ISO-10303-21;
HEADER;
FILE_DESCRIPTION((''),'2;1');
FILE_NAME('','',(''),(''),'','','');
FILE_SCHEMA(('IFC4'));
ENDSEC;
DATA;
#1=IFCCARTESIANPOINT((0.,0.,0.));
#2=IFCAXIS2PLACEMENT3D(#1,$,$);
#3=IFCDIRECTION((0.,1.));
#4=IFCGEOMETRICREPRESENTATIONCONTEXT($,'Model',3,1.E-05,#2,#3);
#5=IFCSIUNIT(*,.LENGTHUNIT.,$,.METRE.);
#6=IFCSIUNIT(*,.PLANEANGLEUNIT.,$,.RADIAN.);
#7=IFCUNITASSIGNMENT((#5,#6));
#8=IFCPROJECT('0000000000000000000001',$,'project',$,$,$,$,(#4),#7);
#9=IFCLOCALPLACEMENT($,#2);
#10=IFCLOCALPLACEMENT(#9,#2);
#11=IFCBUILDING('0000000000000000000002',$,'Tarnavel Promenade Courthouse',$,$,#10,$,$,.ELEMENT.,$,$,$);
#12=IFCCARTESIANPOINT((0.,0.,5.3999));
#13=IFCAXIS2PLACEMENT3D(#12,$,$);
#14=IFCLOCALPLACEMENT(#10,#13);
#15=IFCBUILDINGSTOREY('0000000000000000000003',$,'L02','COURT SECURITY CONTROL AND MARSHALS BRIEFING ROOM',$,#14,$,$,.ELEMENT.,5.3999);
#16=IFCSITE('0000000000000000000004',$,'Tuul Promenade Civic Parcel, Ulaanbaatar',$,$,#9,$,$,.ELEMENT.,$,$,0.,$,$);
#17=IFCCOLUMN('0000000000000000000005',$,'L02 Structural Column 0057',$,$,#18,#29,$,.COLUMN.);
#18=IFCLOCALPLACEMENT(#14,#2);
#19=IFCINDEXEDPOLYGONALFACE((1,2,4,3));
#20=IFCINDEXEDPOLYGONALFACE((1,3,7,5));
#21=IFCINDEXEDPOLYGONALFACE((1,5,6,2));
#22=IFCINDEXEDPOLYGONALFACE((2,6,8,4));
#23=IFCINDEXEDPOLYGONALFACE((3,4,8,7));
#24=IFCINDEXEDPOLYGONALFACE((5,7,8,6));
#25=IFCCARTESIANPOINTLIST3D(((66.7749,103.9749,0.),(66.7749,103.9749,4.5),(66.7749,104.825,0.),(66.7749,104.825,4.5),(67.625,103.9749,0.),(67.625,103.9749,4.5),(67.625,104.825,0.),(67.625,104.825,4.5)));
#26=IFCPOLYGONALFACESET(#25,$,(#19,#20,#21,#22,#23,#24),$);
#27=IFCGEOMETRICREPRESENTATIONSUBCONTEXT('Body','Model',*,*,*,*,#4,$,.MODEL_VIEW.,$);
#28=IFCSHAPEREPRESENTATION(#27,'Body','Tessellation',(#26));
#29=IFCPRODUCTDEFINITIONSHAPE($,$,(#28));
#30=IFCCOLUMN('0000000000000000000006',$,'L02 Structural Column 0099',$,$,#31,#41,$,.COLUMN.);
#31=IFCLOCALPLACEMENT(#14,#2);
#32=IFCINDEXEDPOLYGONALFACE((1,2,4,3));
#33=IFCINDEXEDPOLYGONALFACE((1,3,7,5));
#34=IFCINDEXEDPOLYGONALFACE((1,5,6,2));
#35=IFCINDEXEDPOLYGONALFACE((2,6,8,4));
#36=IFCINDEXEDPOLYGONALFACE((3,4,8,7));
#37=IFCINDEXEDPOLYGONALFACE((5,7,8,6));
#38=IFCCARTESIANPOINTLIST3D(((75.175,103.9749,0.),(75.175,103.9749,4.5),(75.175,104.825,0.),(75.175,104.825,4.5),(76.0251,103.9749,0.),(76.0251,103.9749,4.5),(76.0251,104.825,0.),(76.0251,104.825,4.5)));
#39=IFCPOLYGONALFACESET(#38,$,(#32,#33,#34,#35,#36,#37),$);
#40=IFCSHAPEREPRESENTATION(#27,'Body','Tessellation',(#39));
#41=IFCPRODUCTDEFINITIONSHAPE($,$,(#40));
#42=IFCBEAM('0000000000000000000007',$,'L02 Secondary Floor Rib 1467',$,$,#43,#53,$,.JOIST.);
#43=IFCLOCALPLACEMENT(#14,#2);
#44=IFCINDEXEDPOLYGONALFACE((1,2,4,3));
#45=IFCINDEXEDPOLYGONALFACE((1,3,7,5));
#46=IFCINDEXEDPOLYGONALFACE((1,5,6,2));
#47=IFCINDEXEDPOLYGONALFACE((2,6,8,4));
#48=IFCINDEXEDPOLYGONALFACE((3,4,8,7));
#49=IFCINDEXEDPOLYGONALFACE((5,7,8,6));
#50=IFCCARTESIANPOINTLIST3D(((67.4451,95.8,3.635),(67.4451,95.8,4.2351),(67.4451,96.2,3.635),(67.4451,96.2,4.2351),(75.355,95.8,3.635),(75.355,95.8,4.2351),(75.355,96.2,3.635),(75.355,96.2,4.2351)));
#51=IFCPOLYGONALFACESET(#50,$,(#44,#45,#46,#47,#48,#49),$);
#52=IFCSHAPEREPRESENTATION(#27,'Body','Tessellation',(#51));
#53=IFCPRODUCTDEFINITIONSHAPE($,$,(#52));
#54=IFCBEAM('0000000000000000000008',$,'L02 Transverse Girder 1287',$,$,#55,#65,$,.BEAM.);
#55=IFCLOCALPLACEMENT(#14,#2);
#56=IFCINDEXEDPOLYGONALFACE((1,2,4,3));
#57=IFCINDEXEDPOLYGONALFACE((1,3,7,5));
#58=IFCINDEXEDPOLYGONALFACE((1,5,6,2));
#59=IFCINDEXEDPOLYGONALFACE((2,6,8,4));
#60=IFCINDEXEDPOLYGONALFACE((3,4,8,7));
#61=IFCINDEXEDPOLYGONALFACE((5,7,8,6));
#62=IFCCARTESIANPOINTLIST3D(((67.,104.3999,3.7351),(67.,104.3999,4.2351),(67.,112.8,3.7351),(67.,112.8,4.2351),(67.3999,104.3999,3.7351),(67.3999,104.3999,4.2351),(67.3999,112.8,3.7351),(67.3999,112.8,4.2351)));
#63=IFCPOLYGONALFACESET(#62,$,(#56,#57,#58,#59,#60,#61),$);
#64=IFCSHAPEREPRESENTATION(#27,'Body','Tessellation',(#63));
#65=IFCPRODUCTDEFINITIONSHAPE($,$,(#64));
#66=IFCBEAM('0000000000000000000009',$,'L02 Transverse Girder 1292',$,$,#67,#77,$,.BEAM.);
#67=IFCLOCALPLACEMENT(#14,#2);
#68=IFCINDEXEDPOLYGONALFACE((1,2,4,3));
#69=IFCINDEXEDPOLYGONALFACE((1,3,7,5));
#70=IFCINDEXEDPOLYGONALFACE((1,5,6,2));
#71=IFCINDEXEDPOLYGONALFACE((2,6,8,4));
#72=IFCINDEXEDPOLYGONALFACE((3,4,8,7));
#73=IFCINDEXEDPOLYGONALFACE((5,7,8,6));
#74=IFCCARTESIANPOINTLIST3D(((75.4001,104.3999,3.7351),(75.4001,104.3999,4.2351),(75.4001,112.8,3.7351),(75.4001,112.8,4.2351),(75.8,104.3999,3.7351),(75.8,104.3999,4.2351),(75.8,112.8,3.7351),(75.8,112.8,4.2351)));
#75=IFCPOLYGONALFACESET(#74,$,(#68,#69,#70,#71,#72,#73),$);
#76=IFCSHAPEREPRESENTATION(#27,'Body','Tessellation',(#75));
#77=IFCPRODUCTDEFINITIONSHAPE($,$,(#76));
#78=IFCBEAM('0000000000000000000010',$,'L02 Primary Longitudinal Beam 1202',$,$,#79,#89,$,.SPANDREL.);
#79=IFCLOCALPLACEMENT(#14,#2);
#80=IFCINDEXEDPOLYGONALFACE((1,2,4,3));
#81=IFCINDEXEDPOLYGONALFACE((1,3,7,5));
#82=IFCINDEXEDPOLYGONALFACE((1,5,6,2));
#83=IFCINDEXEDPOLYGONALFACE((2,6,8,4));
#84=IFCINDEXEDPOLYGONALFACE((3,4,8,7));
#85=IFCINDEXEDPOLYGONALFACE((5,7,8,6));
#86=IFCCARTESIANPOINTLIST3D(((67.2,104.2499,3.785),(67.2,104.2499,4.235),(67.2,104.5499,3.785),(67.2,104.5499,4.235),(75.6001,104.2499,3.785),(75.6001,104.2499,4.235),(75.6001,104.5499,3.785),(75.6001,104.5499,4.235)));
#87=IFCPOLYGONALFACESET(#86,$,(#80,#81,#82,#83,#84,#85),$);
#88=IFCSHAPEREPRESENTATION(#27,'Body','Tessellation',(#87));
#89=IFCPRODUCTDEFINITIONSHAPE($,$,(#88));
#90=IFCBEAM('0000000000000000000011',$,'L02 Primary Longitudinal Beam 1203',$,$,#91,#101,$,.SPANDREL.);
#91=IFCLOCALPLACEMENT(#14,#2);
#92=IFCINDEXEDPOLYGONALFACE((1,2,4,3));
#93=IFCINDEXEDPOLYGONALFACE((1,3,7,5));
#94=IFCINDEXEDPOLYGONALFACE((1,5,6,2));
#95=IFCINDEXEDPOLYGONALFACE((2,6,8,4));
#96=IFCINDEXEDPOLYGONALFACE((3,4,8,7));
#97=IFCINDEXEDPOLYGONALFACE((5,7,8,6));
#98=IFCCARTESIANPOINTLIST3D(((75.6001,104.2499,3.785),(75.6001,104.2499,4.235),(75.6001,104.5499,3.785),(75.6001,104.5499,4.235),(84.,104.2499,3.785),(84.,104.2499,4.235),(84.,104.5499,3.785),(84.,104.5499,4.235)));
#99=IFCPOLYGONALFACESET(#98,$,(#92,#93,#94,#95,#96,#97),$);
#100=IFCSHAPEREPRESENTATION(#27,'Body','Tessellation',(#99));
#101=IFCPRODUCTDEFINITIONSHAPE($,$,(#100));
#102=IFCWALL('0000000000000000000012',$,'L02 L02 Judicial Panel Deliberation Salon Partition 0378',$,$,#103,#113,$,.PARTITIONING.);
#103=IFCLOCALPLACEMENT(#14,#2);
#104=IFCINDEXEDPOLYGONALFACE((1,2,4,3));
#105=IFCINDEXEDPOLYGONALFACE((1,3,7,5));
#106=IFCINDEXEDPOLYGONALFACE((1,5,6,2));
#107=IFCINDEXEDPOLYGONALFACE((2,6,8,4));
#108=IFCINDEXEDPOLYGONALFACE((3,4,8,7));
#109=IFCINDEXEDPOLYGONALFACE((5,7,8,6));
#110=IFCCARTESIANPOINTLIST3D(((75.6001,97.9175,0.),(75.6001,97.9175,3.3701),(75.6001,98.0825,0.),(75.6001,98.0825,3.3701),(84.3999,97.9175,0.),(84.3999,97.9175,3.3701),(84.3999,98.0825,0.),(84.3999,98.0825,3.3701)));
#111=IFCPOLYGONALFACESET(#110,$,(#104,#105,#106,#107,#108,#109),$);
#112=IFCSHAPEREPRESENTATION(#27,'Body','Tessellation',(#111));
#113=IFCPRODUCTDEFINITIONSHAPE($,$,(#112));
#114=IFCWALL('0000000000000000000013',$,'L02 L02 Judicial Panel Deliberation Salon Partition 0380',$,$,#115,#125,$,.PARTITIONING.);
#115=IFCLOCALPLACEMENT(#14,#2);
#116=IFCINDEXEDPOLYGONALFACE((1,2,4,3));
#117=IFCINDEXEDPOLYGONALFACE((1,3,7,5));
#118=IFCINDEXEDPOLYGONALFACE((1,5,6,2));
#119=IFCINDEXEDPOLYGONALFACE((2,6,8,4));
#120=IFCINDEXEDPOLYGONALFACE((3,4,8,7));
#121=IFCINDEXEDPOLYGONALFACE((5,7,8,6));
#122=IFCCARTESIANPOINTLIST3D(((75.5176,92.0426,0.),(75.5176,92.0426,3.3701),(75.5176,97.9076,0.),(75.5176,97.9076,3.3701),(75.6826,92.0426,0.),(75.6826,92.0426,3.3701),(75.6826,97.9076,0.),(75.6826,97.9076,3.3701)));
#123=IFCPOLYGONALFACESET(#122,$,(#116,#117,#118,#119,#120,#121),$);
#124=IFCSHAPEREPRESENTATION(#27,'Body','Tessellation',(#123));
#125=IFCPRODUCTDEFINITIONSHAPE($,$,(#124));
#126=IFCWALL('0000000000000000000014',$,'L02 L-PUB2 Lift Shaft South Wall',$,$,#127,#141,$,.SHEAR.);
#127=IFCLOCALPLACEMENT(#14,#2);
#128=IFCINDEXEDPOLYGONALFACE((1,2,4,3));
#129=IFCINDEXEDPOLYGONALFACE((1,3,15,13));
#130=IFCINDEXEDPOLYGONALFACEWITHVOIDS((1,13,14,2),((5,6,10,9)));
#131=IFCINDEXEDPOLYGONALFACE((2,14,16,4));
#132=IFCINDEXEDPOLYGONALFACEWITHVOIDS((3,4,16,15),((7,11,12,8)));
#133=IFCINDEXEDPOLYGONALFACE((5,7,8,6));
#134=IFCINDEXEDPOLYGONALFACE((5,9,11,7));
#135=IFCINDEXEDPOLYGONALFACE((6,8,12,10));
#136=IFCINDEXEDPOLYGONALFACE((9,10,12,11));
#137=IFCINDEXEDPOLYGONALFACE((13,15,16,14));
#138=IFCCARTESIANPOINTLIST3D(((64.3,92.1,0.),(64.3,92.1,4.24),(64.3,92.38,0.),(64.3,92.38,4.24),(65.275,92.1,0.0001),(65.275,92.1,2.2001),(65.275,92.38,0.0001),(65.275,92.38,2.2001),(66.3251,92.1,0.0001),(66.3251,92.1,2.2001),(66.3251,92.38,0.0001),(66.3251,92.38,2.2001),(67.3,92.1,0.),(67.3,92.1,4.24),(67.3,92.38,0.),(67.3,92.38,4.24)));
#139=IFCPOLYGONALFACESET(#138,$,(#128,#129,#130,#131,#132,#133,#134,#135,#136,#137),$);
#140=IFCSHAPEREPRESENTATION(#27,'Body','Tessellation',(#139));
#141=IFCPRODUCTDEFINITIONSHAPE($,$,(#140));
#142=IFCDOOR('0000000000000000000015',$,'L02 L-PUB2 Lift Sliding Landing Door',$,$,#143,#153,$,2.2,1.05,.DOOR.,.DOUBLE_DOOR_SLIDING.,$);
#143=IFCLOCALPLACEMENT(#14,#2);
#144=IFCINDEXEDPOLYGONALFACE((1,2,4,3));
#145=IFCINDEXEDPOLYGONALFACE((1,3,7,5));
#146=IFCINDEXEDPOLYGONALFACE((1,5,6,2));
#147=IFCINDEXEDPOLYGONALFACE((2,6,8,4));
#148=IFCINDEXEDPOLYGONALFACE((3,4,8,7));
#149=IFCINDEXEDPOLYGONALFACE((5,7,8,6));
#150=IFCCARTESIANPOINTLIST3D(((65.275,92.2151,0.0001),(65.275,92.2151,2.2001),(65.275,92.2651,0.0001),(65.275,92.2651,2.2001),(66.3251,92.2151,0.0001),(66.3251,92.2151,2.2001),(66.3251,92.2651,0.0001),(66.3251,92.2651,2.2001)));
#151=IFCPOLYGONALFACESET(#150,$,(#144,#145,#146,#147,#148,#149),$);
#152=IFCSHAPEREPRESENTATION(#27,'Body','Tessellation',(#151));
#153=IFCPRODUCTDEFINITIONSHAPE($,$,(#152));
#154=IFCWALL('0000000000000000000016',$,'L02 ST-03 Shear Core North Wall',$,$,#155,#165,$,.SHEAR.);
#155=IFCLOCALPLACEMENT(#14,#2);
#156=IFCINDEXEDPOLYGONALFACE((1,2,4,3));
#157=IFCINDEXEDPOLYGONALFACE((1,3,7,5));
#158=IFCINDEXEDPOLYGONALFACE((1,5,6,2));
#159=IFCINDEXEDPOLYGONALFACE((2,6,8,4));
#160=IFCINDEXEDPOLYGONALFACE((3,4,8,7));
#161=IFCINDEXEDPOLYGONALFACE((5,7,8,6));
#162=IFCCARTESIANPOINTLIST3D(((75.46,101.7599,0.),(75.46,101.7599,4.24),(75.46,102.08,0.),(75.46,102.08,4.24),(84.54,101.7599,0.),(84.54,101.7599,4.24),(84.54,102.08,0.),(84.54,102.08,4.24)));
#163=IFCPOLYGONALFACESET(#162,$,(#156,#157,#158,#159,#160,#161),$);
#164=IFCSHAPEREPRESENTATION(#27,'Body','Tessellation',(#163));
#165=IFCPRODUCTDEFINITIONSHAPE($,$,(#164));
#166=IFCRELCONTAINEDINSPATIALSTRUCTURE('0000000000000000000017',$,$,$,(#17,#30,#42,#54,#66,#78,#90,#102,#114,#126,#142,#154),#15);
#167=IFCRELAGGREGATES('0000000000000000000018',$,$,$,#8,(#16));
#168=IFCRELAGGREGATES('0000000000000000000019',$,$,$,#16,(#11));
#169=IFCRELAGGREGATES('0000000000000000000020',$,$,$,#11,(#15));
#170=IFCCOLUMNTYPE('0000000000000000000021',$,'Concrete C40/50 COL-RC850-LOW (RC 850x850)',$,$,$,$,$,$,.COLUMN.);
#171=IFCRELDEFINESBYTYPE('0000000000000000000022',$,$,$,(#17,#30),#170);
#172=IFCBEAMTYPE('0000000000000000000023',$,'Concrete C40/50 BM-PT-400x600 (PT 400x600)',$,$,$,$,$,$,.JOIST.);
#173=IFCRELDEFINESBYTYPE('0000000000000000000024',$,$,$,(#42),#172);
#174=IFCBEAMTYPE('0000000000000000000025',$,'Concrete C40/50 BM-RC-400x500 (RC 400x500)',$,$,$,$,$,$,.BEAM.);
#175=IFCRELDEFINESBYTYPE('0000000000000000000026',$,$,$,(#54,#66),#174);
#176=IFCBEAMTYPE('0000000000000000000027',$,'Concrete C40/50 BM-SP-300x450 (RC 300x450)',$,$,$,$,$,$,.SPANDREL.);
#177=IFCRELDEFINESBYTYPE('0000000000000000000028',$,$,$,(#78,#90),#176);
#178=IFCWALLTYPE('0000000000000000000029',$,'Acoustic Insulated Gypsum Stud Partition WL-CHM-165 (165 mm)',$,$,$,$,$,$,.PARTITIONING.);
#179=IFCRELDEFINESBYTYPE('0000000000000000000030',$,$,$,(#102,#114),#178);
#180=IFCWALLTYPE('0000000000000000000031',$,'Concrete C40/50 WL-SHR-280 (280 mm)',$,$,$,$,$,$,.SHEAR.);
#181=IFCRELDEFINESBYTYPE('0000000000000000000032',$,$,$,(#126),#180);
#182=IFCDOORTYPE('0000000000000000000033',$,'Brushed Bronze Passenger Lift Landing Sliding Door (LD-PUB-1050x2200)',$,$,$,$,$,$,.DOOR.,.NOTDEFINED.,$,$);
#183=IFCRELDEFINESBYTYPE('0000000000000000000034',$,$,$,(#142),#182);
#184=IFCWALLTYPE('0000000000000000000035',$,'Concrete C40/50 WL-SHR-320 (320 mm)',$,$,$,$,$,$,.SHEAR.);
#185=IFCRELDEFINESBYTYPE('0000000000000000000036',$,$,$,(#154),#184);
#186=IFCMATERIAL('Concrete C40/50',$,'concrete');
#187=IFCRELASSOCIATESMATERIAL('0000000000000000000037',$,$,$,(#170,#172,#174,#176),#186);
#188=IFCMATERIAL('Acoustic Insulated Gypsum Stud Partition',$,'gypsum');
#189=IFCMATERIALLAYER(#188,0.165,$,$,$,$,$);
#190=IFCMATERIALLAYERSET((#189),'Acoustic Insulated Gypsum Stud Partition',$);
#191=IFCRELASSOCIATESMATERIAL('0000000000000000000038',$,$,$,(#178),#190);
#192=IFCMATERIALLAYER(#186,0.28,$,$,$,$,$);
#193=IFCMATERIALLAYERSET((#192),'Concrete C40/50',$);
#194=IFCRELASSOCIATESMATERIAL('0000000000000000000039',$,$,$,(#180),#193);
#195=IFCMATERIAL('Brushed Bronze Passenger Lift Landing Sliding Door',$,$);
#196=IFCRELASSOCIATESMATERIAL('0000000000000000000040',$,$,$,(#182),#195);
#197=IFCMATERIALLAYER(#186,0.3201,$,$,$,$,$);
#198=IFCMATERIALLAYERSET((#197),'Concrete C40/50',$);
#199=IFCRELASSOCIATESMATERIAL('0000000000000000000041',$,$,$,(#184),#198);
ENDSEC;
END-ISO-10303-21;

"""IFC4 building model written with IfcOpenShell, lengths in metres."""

from ifc_helpers import new_model, si_unit, direction, frame, frame_2d, origin, origin_2d, place, context, subcontext, project, spatial, rectangle, extrude, material, layer, layer_set, material_profile, profile_set, type_object, element, fill, save


model = new_model("IFC4")

# Units and contexts
model_context = context("Model", 3, precision=1e-05, world=origin(), true_north=direction((0.0, 1.0)))
body_context = subcontext(model_context, "Body", "Model", "MODEL_VIEW")
ifc_project = project(units=[si_unit("LENGTHUNIT", "METRE"), si_unit("PLANEANGLEUNIT", "RADIAN")], contexts=[model_context])

# Site, building, storey
site_placement = place(None, origin())
site = spatial("IfcSite", under=ifc_project, at=site_placement, Name="Tuul Promenade Civic Parcel, Ulaanbaatar", CompositionType="ELEMENT", RefElevation=0.0)
building_placement = place(site_placement, origin())
building = spatial("IfcBuilding", under=site, at=building_placement, Name="Tarnavel Promenade Courthouse", CompositionType="ELEMENT")
storey_placement = place(building_placement, frame((0.0, 0.0, 5.3999)))
storey = spatial("IfcBuildingStorey", under=building, at=storey_placement, Name="L02", Description="COURT SECURITY CONTROL AND MARSHALS BRIEFING ROOM", CompositionType="ELEMENT", Elevation=5.3999)

# Columns
ifc_material_1 = material(Name="Concrete C40/50", Category="concrete")
ifc_material_profile_1 = material_profile(ifc_material_1, rectangle(XDim=0.8501, YDim=0.8501, at=origin_2d()), Name="RC 850x850")
ifc_profile_set_1 = profile_set([ifc_material_profile_1], Name="Concrete C40/50")
column_type = type_object("IfcColumnType", Name="Concrete C40/50 COL-RC850-LOW (RC 850x850)", PredefinedType="COLUMN", material=ifc_profile_set_1)
for number, where, z_axis, x_axis, name in (
    (1, (67.2, 104.3999, 0.0), (0.0, 0.0, 1.0), (1.0, 0.0, 0.0), "L02 Structural Column 0057"),
    (2, (75.6001, 104.3999, 0.0), (0.0, 0.0, 1.0), (1.0, 0.0, 0.0), "L02 Structural Column 0099"),
):
    element("IfcColumn", number, at=place(storey_placement, frame(where, z_axis=z_axis, x_axis=x_axis)), inside=storey, type_object=column_type, Name=name, PredefinedType="COLUMN", context=body_context, shape_type="SweptSolid", body=[
        extrude(rectangle(XDim=0.8501, YDim=0.8501, at=origin_2d()), origin(), (0.0, 0.0, 1.0), 4.5),
    ])

# Beams
ifc_material_profile_2 = material_profile(ifc_material_1, rectangle(XDim=0.3999, YDim=0.6001, at=origin_2d()), Name="PT 400x600")
ifc_profile_set_2 = profile_set([ifc_material_profile_2], Name="Concrete C40/50")
beam_type_1 = type_object("IfcBeamType", Name="Concrete C40/50 BM-PT-400x600 (PT 400x600)", PredefinedType="JOIST", material=ifc_profile_set_2)
beam_1_placement = place(storey_placement, frame((67.4451, 96.0, 3.9351), z_axis=(1.0, 0.0, 0.0), x_axis=(0.0, 1.0, 0.0)))
element("IfcBeam", 3, at=beam_1_placement, inside=storey, type_object=beam_type_1, Name="L02 Secondary Floor Rib 1467", PredefinedType="JOIST", context=body_context, shape_type="SweptSolid", body=[
    extrude(rectangle(XDim=0.3999, YDim=0.6001, at=origin_2d()), origin(), (0.0, 0.0, 1.0), 7.9099),
])
ifc_material_profile_3 = material_profile(ifc_material_1, rectangle(XDim=0.3999, YDim=0.5, at=origin_2d()), Name="RC 400x500")
ifc_profile_set_3 = profile_set([ifc_material_profile_3], Name="Concrete C40/50")
beam_type_2 = type_object("IfcBeamType", Name="Concrete C40/50 BM-RC-400x500 (RC 400x500)", PredefinedType="BEAM", material=ifc_profile_set_3)
for number, where, z_axis, x_axis, name in (
    (4, (67.2, 104.3999, 3.9851), (0.0, 1.0, 0.0), (-1.0, 0.0, 0.0), "L02 Transverse Girder 1287"),
    (5, (75.6001, 104.3999, 3.9851), (0.0, 1.0, 0.0), (-1.0, 0.0, 0.0), "L02 Transverse Girder 1292"),
):
    element("IfcBeam", number, at=place(storey_placement, frame(where, z_axis=z_axis, x_axis=x_axis)), inside=storey, type_object=beam_type_2, Name=name, PredefinedType="BEAM", context=body_context, shape_type="SweptSolid", body=[
        extrude(rectangle(XDim=0.3999, YDim=0.5, at=origin_2d()), origin(), (0.0, 0.0, 1.0), 8.4001),
    ])
ifc_material_profile_4 = material_profile(ifc_material_1, rectangle(XDim=0.3, YDim=0.45, at=origin_2d()), Name="RC 300x450")
ifc_profile_set_4 = profile_set([ifc_material_profile_4], Name="Concrete C40/50")
beam_type_3 = type_object("IfcBeamType", Name="Concrete C40/50 BM-SP-300x450 (RC 300x450)", PredefinedType="SPANDREL", material=ifc_profile_set_4)
beam_2_placement = place(storey_placement, frame((67.2, 104.3999, 4.01), z_axis=(1.0, 0.0, 0.0), x_axis=(0.0, 1.0, 0.0)))
element("IfcBeam", 6, at=beam_2_placement, inside=storey, type_object=beam_type_3, Name="L02 Primary Longitudinal Beam 1202", PredefinedType="SPANDREL", context=body_context, shape_type="SweptSolid", body=[
    extrude(rectangle(XDim=0.3, YDim=0.45, at=origin_2d()), origin(), (0.0, 0.0, 1.0), 8.4001),
])
beam_3_placement = place(storey_placement, frame((75.6001, 104.3999, 4.01), z_axis=(1.0, 0.0, 0.0), x_axis=(0.0, 1.0, 0.0)))
element("IfcBeam", 7, at=beam_3_placement, inside=storey, type_object=beam_type_3, Name="L02 Primary Longitudinal Beam 1203", PredefinedType="SPANDREL", context=body_context, shape_type="SweptSolid", body=[
    extrude(rectangle(XDim=0.3, YDim=0.45, at=origin_2d()), origin(), (0.0, 0.0, 1.0), 8.3999),
])

# Walls
ifc_material_2 = material(Name="Acoustic Insulated Gypsum Stud Partition", Category="gypsum")
ifc_layer_1 = layer(ifc_material_2, 0.165)
ifc_layer_set_1 = layer_set([ifc_layer_1], Name="Acoustic Insulated Gypsum Stud Partition")
wall_type_1 = type_object("IfcWallType", Name="Acoustic Insulated Gypsum Stud Partition WL-CHM-165 (165 mm)", PredefinedType="PARTITIONING", material=ifc_layer_set_1)
wall_1_placement = place(storey_placement, frame((75.6001, 98.0, 0.0), z_axis=(0.0, 0.0, 1.0), x_axis=(1.0, 0.0, 0.0)))
element("IfcWall", 8, at=wall_1_placement, inside=storey, type_object=wall_type_1, Name="L02 L02 Judicial Panel Deliberation Salon Partition 0378", PredefinedType="PARTITIONING", context=body_context, shape_type="SweptSolid", body=[
    extrude(rectangle(XDim=8.7998, YDim=0.165, at=frame_2d((4.3999, 0.0))), origin(), (0.0, 0.0, 1.0), 3.3701),
])
wall_2_placement = place(storey_placement, frame((75.6001, 92.0425, 0.0), z_axis=(0.0, 0.0, 1.0), x_axis=(0.0, 1.0, 0.0)))
element("IfcWall", 9, at=wall_2_placement, inside=storey, type_object=wall_type_1, Name="L02 L02 Judicial Panel Deliberation Salon Partition 0380", PredefinedType="PARTITIONING", context=body_context, shape_type="SweptSolid", body=[
    extrude(rectangle(XDim=5.865, YDim=0.165, at=frame_2d((2.9326, 0.0))), origin(), (0.0, 0.0, 1.0), 3.3701),
])

# Wall, opening, door
ifc_layer_2 = layer(ifc_material_1, 0.28)
ifc_layer_set_2 = layer_set([ifc_layer_2], Name="Concrete C40/50")
wall_type_2 = type_object("IfcWallType", Name="Concrete C40/50 WL-SHR-280 (280 mm)", PredefinedType="SHEAR", material=ifc_layer_set_2)
wall_3_placement = place(storey_placement, frame((67.3, 92.24, 0.0), z_axis=(0.0, 0.0, 1.0), x_axis=(-1.0, 0.0, 0.0)))
wall_3 = element("IfcWall", 10, at=wall_3_placement, inside=storey, type_object=wall_type_2, Name="L02 L-PUB2 Lift Shaft South Wall", PredefinedType="SHEAR", context=body_context, shape_type="SweptSolid", body=[
    extrude(rectangle(XDim=3.0, YDim=0.28, at=frame_2d((1.5, 0.0))), origin(), (0.0, 0.0, 1.0), 4.24),
])
opening_1_placement = place(wall_3_placement, frame((0.9751, 0.0, 0.0)))
opening_1 = element("IfcOpeningElement", 11, at=opening_1_placement, cuts=wall_3, PredefinedType="OPENING", context=body_context, shape_type="SweptSolid", body=[
    extrude(rectangle(XDim=1.05, YDim=2.2, at=frame_2d((0.5249, 1.1001))), frame((0.0, 0.1499, 0.0), z_axis=(0.0, -1.0, 0.0), x_axis=(1.0, 0.0, 0.0)), (0.0, 0.0, 1.0), 0.3),
])
ifc_material_3 = material(Name="Brushed Bronze Passenger Lift Landing Sliding Door")
door_type_1 = type_object("IfcDoorType", Name="Brushed Bronze Passenger Lift Landing Sliding Door (LD-PUB-1050x2200)", OperationType="NOTDEFINED", PredefinedType="DOOR", material=ifc_material_3)
door_1_placement = place(opening_1_placement, origin())
door_1 = element("IfcDoor", 12, at=door_1_placement, inside=storey, type_object=door_type_1, Name="L02 L-PUB2 Lift Sliding Landing Door", OperationType="DOUBLE_DOOR_SLIDING", OverallHeight=2.2, OverallWidth=1.05, PredefinedType="DOOR", context=body_context, shape_type="SweptSolid", body=[
    extrude(rectangle(XDim=1.05, YDim=2.2, at=frame_2d((0.5249, 1.1001))), frame((0.0, 0.0249, 0.0), z_axis=(0.0, -1.0, 0.0), x_axis=(1.0, 0.0, 0.0)), (0.0, 0.0, 1.0), 0.05),
])
fill(opening_1, door_1)

# Wall
ifc_layer_3 = layer(ifc_material_1, 0.3201)
ifc_layer_set_3 = layer_set([ifc_layer_3], Name="Concrete C40/50")
wall_type_3 = type_object("IfcWallType", Name="Concrete C40/50 WL-SHR-320 (320 mm)", PredefinedType="SHEAR", material=ifc_layer_set_3)
wall_4_placement = place(storey_placement, frame((75.46, 101.9199, 0.0), z_axis=(0.0, 0.0, 1.0), x_axis=(1.0, 0.0, 0.0)))
element("IfcWall", 13, at=wall_4_placement, inside=storey, type_object=wall_type_3, Name="L02 ST-03 Shear Core North Wall", PredefinedType="SHEAR", context=body_context, shape_type="SweptSolid", body=[
    extrude(rectangle(XDim=9.0801, YDim=0.3201, at=frame_2d((4.54, 0.0))), origin(), (0.0, 0.0, 1.0), 4.24),
])

save(model, "model.ifc")
